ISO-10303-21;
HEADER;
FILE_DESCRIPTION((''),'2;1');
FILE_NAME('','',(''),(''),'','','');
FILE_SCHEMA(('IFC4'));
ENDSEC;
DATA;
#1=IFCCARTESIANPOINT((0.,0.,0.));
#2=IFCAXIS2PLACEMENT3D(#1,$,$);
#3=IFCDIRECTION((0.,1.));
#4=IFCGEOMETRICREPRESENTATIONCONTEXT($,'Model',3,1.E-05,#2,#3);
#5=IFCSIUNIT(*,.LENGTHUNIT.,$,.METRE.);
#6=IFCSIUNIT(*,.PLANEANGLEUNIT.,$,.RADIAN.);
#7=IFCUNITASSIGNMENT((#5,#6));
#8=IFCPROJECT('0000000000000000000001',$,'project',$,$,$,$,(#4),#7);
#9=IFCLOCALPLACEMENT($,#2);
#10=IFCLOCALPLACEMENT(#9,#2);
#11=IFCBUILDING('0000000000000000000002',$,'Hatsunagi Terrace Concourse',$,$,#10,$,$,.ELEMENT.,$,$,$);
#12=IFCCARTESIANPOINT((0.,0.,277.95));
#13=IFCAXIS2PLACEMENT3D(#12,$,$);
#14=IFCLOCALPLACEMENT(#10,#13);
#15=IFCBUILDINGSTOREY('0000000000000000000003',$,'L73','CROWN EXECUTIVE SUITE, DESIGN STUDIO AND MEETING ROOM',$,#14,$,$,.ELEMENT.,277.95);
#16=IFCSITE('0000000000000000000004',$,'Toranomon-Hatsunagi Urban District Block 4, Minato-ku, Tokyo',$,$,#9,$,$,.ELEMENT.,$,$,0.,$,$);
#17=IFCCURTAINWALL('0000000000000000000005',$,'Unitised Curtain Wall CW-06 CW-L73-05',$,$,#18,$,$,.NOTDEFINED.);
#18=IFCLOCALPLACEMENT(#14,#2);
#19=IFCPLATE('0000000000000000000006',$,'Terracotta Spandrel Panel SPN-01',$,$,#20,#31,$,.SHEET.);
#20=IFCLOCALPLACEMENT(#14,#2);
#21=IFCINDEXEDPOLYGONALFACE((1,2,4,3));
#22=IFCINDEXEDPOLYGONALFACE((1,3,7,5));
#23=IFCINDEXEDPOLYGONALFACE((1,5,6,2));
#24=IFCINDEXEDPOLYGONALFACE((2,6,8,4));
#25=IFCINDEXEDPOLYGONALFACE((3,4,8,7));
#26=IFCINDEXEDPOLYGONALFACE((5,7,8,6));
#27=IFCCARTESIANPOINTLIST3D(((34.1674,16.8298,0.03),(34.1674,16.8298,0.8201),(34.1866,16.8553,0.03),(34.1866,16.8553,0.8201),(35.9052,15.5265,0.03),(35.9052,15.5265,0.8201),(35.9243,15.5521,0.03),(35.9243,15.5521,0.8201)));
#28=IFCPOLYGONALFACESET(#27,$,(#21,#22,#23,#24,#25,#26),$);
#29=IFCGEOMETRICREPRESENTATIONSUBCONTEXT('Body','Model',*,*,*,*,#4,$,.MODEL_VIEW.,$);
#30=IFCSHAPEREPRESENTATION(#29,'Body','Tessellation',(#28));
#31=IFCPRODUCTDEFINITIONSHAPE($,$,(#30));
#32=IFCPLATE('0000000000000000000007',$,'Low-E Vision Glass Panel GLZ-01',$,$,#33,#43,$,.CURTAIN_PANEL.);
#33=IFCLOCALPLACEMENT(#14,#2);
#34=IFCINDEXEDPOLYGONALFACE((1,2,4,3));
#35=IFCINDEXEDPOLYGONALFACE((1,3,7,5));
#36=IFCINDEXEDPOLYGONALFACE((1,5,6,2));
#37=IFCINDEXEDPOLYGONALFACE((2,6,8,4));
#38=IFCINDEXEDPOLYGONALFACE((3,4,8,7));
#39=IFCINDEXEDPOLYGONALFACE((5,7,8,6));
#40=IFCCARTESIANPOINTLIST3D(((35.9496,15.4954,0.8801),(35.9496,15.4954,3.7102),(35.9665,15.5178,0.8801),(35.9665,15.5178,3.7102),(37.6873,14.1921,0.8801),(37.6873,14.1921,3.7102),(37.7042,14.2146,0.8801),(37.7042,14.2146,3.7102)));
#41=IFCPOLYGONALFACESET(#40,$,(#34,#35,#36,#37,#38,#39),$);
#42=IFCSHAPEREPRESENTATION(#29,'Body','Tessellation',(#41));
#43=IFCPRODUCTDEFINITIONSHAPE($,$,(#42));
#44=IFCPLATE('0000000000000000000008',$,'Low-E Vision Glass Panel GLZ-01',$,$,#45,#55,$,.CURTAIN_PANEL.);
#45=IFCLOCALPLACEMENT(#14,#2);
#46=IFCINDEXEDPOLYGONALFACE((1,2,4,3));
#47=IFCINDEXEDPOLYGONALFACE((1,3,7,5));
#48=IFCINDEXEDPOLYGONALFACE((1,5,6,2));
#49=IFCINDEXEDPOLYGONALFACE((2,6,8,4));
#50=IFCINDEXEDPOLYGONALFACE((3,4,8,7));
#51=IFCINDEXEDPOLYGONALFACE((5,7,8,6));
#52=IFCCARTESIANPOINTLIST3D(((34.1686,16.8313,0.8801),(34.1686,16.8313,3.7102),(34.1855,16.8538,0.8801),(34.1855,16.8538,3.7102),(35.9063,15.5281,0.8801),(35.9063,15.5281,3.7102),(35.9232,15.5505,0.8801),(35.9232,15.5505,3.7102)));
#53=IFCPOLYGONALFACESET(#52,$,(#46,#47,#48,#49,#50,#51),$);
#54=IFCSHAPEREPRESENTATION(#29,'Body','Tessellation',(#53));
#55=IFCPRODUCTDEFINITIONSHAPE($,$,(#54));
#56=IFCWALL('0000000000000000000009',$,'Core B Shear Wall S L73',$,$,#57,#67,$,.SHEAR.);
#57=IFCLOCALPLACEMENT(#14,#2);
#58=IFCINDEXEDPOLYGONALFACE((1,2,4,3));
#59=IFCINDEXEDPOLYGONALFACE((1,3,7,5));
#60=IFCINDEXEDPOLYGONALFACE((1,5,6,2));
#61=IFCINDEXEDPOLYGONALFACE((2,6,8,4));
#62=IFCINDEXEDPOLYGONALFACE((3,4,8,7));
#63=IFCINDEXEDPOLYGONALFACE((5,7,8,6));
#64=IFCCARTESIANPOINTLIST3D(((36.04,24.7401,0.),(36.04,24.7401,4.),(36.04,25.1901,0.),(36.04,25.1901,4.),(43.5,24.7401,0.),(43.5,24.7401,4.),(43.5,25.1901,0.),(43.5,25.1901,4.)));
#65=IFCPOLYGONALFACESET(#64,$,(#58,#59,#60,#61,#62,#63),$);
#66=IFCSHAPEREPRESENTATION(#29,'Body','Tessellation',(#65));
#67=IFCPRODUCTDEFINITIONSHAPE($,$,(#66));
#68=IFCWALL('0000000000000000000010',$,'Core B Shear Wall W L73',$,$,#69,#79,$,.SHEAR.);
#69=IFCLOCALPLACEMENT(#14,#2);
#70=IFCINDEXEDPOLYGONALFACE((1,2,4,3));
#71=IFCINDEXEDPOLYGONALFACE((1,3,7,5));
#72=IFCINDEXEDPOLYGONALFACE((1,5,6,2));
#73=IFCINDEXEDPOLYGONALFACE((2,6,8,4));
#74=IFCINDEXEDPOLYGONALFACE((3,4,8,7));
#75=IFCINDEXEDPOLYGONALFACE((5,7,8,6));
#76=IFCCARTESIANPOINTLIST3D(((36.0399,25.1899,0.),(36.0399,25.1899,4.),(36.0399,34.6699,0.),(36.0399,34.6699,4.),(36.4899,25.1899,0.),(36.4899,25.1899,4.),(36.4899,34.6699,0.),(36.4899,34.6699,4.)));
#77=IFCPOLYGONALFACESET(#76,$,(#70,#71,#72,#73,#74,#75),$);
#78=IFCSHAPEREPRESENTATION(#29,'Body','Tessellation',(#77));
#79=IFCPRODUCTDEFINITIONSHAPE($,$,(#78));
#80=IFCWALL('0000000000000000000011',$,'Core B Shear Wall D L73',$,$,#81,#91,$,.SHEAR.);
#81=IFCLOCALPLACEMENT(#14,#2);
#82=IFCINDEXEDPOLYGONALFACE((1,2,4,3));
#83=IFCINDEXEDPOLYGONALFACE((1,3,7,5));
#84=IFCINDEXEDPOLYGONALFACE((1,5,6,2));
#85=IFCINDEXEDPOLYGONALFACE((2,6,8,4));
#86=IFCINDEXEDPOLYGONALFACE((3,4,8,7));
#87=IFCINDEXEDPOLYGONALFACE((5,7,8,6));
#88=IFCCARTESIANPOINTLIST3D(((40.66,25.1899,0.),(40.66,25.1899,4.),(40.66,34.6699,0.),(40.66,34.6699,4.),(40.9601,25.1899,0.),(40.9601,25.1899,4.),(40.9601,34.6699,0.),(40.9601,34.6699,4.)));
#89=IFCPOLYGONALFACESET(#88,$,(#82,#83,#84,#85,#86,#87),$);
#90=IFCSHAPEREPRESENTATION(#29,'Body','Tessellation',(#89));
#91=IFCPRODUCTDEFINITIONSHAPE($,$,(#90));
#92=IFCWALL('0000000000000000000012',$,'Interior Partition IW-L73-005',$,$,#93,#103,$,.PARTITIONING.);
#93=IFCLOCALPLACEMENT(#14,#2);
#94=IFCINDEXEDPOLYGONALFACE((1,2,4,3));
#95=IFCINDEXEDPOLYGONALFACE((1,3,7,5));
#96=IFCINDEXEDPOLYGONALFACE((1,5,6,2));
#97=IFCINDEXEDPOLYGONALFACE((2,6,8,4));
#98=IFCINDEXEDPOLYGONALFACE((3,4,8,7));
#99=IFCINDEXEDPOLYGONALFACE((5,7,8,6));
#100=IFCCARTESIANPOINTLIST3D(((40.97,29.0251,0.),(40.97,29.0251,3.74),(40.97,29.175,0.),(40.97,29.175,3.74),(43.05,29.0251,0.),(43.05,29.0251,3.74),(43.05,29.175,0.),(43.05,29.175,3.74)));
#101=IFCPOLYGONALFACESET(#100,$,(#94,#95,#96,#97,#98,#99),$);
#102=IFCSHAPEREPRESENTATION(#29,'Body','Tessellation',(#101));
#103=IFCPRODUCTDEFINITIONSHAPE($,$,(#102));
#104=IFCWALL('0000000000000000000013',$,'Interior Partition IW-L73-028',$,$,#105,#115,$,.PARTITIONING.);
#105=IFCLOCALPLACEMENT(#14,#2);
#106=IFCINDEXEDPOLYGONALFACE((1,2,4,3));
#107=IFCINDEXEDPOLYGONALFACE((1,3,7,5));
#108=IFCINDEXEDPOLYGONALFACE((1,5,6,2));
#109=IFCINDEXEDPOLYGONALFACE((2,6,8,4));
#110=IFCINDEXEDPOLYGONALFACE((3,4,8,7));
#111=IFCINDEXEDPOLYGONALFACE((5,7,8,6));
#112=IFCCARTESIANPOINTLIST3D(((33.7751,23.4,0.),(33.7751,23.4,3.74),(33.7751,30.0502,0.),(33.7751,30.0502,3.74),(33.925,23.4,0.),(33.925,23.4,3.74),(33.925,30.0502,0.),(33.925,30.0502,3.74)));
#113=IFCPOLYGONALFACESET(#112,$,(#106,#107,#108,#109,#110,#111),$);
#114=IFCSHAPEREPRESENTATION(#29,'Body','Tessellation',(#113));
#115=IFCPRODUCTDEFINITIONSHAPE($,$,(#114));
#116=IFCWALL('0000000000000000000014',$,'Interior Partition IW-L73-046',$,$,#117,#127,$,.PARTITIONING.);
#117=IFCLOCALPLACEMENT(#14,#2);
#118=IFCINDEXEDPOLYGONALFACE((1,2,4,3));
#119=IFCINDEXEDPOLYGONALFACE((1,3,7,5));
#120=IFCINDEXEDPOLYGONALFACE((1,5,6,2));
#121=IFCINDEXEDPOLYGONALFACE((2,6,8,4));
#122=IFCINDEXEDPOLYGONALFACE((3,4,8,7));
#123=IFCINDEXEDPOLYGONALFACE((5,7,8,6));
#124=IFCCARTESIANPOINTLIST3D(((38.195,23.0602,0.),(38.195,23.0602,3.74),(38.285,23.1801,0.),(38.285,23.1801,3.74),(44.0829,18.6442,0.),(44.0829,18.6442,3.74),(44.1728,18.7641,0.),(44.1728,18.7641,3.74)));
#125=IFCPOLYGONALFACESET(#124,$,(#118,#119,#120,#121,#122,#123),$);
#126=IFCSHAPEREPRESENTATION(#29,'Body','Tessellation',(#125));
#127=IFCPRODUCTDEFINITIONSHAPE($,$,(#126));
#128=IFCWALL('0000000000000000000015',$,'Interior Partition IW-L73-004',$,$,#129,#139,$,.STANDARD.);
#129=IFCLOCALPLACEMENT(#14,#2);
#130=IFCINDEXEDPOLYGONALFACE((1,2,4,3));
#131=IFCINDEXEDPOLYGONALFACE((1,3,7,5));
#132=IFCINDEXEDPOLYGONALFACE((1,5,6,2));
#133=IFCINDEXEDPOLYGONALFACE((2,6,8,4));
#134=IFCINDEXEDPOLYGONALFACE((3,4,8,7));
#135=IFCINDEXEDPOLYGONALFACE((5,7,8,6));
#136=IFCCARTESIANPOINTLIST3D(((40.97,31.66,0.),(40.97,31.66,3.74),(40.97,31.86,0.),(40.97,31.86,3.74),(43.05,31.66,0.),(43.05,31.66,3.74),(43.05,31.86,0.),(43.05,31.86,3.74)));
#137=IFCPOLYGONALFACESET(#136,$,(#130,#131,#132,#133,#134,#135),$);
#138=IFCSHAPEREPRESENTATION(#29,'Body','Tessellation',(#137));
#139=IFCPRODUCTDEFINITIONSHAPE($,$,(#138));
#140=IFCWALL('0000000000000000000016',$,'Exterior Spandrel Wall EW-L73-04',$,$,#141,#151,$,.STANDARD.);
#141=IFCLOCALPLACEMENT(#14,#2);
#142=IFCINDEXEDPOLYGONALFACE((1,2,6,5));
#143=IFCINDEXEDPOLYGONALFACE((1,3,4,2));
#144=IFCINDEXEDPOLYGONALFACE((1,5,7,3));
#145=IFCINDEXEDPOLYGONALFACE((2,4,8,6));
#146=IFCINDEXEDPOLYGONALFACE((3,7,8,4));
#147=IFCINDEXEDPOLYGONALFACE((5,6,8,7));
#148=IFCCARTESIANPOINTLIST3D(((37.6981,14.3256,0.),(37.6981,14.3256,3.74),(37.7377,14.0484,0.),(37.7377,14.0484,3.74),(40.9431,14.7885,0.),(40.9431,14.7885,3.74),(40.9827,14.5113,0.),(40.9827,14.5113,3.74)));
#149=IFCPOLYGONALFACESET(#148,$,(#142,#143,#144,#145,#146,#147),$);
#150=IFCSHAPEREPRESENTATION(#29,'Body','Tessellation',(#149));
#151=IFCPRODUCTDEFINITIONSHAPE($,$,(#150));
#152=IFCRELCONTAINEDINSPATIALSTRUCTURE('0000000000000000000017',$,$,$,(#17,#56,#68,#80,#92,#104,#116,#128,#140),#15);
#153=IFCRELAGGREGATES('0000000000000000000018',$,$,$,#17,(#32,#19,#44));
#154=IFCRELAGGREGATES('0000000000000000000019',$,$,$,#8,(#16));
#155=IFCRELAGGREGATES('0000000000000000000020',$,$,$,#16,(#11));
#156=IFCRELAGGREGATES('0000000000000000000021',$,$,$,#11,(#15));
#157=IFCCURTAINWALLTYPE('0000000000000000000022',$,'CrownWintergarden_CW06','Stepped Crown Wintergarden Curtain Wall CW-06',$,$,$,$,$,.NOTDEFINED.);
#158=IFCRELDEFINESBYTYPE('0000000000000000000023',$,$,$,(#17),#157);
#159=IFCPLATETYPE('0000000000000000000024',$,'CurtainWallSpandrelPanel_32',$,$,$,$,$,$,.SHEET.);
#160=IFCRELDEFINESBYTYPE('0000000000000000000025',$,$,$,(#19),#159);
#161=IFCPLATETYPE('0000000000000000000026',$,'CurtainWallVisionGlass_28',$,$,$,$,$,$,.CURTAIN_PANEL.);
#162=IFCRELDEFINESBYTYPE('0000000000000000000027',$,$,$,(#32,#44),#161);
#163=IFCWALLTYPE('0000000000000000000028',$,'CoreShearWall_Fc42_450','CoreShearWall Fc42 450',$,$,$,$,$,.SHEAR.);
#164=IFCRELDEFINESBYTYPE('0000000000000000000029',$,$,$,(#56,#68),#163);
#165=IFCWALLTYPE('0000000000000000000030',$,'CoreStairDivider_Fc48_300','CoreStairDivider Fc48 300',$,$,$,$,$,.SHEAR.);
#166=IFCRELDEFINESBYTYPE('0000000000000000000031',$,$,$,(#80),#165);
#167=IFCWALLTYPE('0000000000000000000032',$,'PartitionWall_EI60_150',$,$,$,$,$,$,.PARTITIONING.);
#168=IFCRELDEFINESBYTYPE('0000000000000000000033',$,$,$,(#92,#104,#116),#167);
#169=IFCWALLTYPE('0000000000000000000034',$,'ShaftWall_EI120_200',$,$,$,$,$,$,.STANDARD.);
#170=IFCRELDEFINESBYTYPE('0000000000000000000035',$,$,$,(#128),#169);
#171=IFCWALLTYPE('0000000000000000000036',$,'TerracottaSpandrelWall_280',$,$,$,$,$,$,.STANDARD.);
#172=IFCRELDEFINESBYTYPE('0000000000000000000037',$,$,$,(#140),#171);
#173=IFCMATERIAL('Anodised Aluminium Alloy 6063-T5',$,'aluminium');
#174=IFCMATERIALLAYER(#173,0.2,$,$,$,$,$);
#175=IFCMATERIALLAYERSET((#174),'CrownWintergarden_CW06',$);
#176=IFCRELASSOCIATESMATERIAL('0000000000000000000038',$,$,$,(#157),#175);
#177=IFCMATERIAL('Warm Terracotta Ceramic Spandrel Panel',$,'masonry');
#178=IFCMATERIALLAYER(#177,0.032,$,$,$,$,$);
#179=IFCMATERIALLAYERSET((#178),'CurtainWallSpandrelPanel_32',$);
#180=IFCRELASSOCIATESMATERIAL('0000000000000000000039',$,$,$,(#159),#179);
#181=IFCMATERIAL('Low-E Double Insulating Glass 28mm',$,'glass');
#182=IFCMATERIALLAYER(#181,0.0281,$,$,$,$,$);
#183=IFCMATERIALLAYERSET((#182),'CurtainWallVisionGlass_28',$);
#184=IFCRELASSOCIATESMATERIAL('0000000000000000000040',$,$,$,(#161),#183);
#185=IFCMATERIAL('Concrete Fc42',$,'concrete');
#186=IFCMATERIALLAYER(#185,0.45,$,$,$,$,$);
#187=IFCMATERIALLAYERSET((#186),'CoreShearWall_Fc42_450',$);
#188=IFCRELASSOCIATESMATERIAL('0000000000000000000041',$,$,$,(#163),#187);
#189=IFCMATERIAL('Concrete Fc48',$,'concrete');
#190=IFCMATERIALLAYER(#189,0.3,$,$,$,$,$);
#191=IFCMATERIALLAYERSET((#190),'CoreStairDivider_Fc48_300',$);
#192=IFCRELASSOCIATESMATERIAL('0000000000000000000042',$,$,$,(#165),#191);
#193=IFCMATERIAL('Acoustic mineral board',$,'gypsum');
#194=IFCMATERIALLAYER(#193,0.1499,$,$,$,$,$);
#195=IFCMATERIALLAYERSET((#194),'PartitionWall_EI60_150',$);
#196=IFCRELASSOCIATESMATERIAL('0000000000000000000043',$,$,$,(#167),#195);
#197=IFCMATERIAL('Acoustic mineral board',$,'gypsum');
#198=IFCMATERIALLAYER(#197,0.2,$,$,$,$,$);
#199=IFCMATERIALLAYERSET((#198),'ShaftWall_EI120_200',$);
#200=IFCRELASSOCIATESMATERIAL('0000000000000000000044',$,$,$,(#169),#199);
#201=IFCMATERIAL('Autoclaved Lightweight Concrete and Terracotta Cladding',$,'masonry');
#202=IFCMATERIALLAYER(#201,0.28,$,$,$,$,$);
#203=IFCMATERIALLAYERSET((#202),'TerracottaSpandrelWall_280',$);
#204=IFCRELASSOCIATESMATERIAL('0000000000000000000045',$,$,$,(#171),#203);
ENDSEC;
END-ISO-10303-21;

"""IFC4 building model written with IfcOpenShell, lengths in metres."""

from ifc_helpers import new_model, si_unit, direction, frame, frame_2d, origin, origin_2d, place, context, subcontext, project, spatial, rectangle, extrude, material, layer, layer_set, type_object, element, aggregate, save


model = new_model("IFC4")

# Units and contexts
model_context = context("Model", 3, precision=1e-05, world=origin(), true_north=direction((0.0, 1.0)))
body_context = subcontext(model_context, "Body", "Model", "MODEL_VIEW")
ifc_project = project(units=[si_unit("LENGTHUNIT", "METRE"), si_unit("PLANEANGLEUNIT", "RADIAN")], contexts=[model_context])

# Site, building, storey
site_placement = place(None, origin())
site = spatial("IfcSite", under=ifc_project, at=site_placement, Name="Toranomon-Hatsunagi Urban District Block 4, Minato-ku, Tokyo", CompositionType="ELEMENT", RefElevation=0.0)
building_placement = place(site_placement, origin())
building = spatial("IfcBuilding", under=site, at=building_placement, Name="Hatsunagi Terrace Concourse", CompositionType="ELEMENT")
storey_placement = place(building_placement, frame((0.0, 0.0, 277.95)))
storey = spatial("IfcBuildingStorey", under=building, at=storey_placement, Name="L73", Description="CROWN EXECUTIVE SUITE, DESIGN STUDIO AND MEETING ROOM", CompositionType="ELEMENT", Elevation=277.95)

# Shared definitions
ifc_material_1 = material(Name="Anodised Aluminium Alloy 6063-T5", Category="aluminium")
ifc_layer_1 = layer(ifc_material_1, 0.2)
ifc_layer_set_1 = layer_set([ifc_layer_1], Name="CrownWintergarden_CW06")
curtain_wall_type = type_object("IfcCurtainWallType", Name="CrownWintergarden_CW06", Description="Stepped Crown Wintergarden Curtain Wall CW-06", PredefinedType="NOTDEFINED", material=ifc_layer_set_1)

# Curtain wall
curtain_wall_1_placement = place(storey_placement, origin())
curtain_wall_1 = element("IfcCurtainWall", 1, at=curtain_wall_1_placement, inside=storey, type_object=curtain_wall_type, Name="Unitised Curtain Wall CW-06 CW-L73-05", PredefinedType="NOTDEFINED")

# Plates
ifc_material_2 = material(Name="Warm Terracotta Ceramic Spandrel Panel", Category="masonry")
ifc_layer_2 = layer(ifc_material_2, 0.032)
ifc_layer_set_2 = layer_set([ifc_layer_2], Name="CurtainWallSpandrelPanel_32")
plate_type_1 = type_object("IfcPlateType", Name="CurtainWallSpandrelPanel_32", PredefinedType="SHEET", material=ifc_layer_set_2)
plate_1_placement = place(storey_placement, frame((35.0459, 16.1909, 0.03), z_axis=(0.0, 0.0, 1.0), x_axis=(-0.800007, 0.59999, 0.0)))
plate_1 = element("IfcPlate", 2, at=plate_1_placement, type_object=plate_type_1, Name="Terracotta Spandrel Panel SPN-01", PredefinedType="SHEET", context=body_context, shape_type="SweptSolid", body=[
    extrude(rectangle(XDim=2.1721, YDim=0.032, at=origin_2d()), origin(), (0.0, 0.0, 1.0), 0.79),
])
ifc_material_3 = material(Name="Low-E Double Insulating Glass 28mm", Category="glass")
ifc_layer_3 = layer(ifc_material_3, 0.0281)
ifc_layer_set_3 = layer_set([ifc_layer_3], Name="CurtainWallVisionGlass_28")
plate_type_2 = type_object("IfcPlateType", Name="CurtainWallVisionGlass_28", PredefinedType="CURTAIN_PANEL", material=ifc_layer_set_3)
plate_2_placement = place(storey_placement, frame((36.8269, 14.855, 0.8801), z_axis=(0.0, 0.0, 1.0), x_axis=(-0.800007, 0.59999, 0.0)))
plate_2 = element("IfcPlate", 3, at=plate_2_placement, type_object=plate_type_2, Name="Low-E Vision Glass Panel GLZ-01", PredefinedType="CURTAIN_PANEL", context=body_context, shape_type="SweptSolid", body=[
    extrude(rectangle(XDim=2.1721, YDim=0.0281, at=origin_2d()), origin(), (0.0, 0.0, 1.0), 2.8301),
])
plate_3_placement = place(storey_placement, frame((35.0459, 16.1909, 0.8801), z_axis=(0.0, 0.0, 1.0), x_axis=(-0.800007, 0.59999, 0.0)))
plate_3 = element("IfcPlate", 4, at=plate_3_placement, type_object=plate_type_2, Name="Low-E Vision Glass Panel GLZ-01", PredefinedType="CURTAIN_PANEL", context=body_context, shape_type="SweptSolid", body=[
    extrude(rectangle(XDim=2.1721, YDim=0.0281, at=origin_2d()), origin(), (0.0, 0.0, 1.0), 2.8301),
])
aggregate(curtain_wall_1, [plate_2, plate_1, plate_3])

# Walls
ifc_material_4 = material(Name="Concrete Fc42", Category="concrete")
ifc_layer_4 = layer(ifc_material_4, 0.45)
ifc_layer_set_4 = layer_set([ifc_layer_4], Name="CoreShearWall_Fc42_450")
wall_type_1 = type_object("IfcWallType", Name="CoreShearWall_Fc42_450", Description="CoreShearWall Fc42 450", PredefinedType="SHEAR", material=ifc_layer_set_4)
wall_1_placement = place(storey_placement, frame((36.04, 24.9651, 0.0), z_axis=(0.0, 0.0, 1.0), x_axis=(1.0, 0.0, 0.0)))
element("IfcWall", 5, at=wall_1_placement, inside=storey, type_object=wall_type_1, Name="Core B Shear Wall S L73", PredefinedType="SHEAR", context=body_context, shape_type="SweptSolid", body=[
    extrude(rectangle(XDim=7.46, YDim=0.45, at=frame_2d((3.73, 0.0))), origin(), (0.0, 0.0, 1.0), 4.0),
])
wall_2_placement = place(storey_placement, frame((36.2649, 25.1899, 0.0), z_axis=(0.0, 0.0, 1.0), x_axis=(0.0, 1.0, 0.0)))
element("IfcWall", 6, at=wall_2_placement, inside=storey, type_object=wall_type_1, Name="Core B Shear Wall W L73", PredefinedType="SHEAR", context=body_context, shape_type="SweptSolid", body=[
    extrude(rectangle(XDim=9.48, YDim=0.45, at=frame_2d((4.74, 0.0))), origin(), (0.0, 0.0, 1.0), 4.0),
])
ifc_material_5 = material(Name="Concrete Fc48", Category="concrete")
ifc_layer_5 = layer(ifc_material_5, 0.3)
ifc_layer_set_5 = layer_set([ifc_layer_5], Name="CoreStairDivider_Fc48_300")
wall_type_2 = type_object("IfcWallType", Name="CoreStairDivider_Fc48_300", Description="CoreStairDivider Fc48 300", PredefinedType="SHEAR", material=ifc_layer_set_5)
wall_3_placement = place(storey_placement, frame((40.8101, 25.1899, 0.0), z_axis=(0.0, 0.0, 1.0), x_axis=(0.0, 1.0, 0.0)))
element("IfcWall", 7, at=wall_3_placement, inside=storey, type_object=wall_type_2, Name="Core B Shear Wall D L73", PredefinedType="SHEAR", context=body_context, shape_type="SweptSolid", body=[
    extrude(rectangle(XDim=9.48, YDim=0.3, at=frame_2d((4.74, 0.0))), origin(), (0.0, 0.0, 1.0), 4.0),
])
ifc_material_6 = material(Name="Acoustic mineral board", Category="gypsum")
ifc_layer_6 = layer(ifc_material_6, 0.1499)
ifc_layer_set_6 = layer_set([ifc_layer_6], Name="PartitionWall_EI60_150")
wall_type_3 = type_object("IfcWallType", Name="PartitionWall_EI60_150", PredefinedType="PARTITIONING", material=ifc_layer_set_6)
wall_4_placement = place(storey_placement, frame((40.97, 29.1001, 0.0), z_axis=(0.0, 0.0, 1.0), x_axis=(1.0, 0.0, 0.0)))
element("IfcWall", 8, at=wall_4_placement, inside=storey, type_object=wall_type_3, Name="Interior Partition IW-L73-005", PredefinedType="PARTITIONING", context=body_context, shape_type="SweptSolid", body=[
    extrude(rectangle(XDim=2.0801, YDim=0.1499, at=frame_2d((1.04, 0.0))), origin(), (0.0, 0.0, 1.0), 3.74),
])
wall_5_placement = place(storey_placement, frame((33.8501, 23.3999, 0.0), z_axis=(0.0, 0.0, 1.0), x_axis=(0.0, 1.0, 0.0)))
element("IfcWall", 9, at=wall_5_placement, inside=storey, type_object=wall_type_3, Name="Interior Partition IW-L73-028", PredefinedType="PARTITIONING", context=body_context, shape_type="SweptSolid", body=[
    extrude(rectangle(XDim=6.6501, YDim=0.1499, at=frame_2d((3.3252, 0.0))), origin(), (0.0, 0.0, 1.0), 3.74),
])
wall_6_placement = place(storey_placement, frame((38.24, 23.1201, 0.0), z_axis=(0.0, 0.0, 1.0), x_axis=(0.799996, -0.600005, 0.0)))
element("IfcWall", 10, at=wall_6_placement, inside=storey, type_object=wall_type_3, Name="Interior Partition IW-L73-046", PredefinedType="PARTITIONING", context=body_context, shape_type="SweptSolid", body=[
    extrude(rectangle(XDim=7.3599, YDim=0.1499, at=frame_2d((3.6799, 0.0))), origin(), (0.0, 0.0, 1.0), 3.74),
])
ifc_material_7 = material(Name="Acoustic mineral board", Category="gypsum")
ifc_layer_7 = layer(ifc_material_7, 0.2)
ifc_layer_set_7 = layer_set([ifc_layer_7], Name="ShaftWall_EI120_200")
wall_type_4 = type_object("IfcWallType", Name="ShaftWall_EI120_200", PredefinedType="STANDARD", material=ifc_layer_set_7)
wall_7_placement = place(storey_placement, frame((40.97, 31.76, 0.0), z_axis=(0.0, 0.0, 1.0), x_axis=(1.0, 0.0, 0.0)))
element("IfcWall", 11, at=wall_7_placement, inside=storey, type_object=wall_type_4, Name="Interior Partition IW-L73-004", PredefinedType="STANDARD", context=body_context, shape_type="SweptSolid", body=[
    extrude(rectangle(XDim=2.0801, YDim=0.2, at=frame_2d((1.04, 0.0))), origin(), (0.0, 0.0, 1.0), 3.74),
])
ifc_material_8 = material(Name="Autoclaved Lightweight Concrete and Terracotta Cladding", Category="masonry")
ifc_layer_8 = layer(ifc_material_8, 0.28)
ifc_layer_set_8 = layer_set([ifc_layer_8], Name="TerracottaSpandrelWall_280")
wall_type_5 = type_object("IfcWallType", Name="TerracottaSpandrelWall_280", PredefinedType="STANDARD", material=ifc_layer_set_8)
wall_8_placement = place(storey_placement, frame((40.9629, 14.6499, 0.0), z_axis=(0.0, 0.0, 1.0), x_axis=(-0.989978, -0.141223, 0.0)))
element("IfcWall", 12, at=wall_8_placement, inside=storey, type_object=wall_type_5, Name="Exterior Spandrel Wall EW-L73-04", PredefinedType="STANDARD", context=body_context, shape_type="SweptSolid", body=[
    extrude(rectangle(XDim=3.2778, YDim=0.28, at=frame_2d((1.6389, 0.0))), origin(), (0.0, 0.0, 1.0), 3.74),
])

save(model, "model.ifc")
